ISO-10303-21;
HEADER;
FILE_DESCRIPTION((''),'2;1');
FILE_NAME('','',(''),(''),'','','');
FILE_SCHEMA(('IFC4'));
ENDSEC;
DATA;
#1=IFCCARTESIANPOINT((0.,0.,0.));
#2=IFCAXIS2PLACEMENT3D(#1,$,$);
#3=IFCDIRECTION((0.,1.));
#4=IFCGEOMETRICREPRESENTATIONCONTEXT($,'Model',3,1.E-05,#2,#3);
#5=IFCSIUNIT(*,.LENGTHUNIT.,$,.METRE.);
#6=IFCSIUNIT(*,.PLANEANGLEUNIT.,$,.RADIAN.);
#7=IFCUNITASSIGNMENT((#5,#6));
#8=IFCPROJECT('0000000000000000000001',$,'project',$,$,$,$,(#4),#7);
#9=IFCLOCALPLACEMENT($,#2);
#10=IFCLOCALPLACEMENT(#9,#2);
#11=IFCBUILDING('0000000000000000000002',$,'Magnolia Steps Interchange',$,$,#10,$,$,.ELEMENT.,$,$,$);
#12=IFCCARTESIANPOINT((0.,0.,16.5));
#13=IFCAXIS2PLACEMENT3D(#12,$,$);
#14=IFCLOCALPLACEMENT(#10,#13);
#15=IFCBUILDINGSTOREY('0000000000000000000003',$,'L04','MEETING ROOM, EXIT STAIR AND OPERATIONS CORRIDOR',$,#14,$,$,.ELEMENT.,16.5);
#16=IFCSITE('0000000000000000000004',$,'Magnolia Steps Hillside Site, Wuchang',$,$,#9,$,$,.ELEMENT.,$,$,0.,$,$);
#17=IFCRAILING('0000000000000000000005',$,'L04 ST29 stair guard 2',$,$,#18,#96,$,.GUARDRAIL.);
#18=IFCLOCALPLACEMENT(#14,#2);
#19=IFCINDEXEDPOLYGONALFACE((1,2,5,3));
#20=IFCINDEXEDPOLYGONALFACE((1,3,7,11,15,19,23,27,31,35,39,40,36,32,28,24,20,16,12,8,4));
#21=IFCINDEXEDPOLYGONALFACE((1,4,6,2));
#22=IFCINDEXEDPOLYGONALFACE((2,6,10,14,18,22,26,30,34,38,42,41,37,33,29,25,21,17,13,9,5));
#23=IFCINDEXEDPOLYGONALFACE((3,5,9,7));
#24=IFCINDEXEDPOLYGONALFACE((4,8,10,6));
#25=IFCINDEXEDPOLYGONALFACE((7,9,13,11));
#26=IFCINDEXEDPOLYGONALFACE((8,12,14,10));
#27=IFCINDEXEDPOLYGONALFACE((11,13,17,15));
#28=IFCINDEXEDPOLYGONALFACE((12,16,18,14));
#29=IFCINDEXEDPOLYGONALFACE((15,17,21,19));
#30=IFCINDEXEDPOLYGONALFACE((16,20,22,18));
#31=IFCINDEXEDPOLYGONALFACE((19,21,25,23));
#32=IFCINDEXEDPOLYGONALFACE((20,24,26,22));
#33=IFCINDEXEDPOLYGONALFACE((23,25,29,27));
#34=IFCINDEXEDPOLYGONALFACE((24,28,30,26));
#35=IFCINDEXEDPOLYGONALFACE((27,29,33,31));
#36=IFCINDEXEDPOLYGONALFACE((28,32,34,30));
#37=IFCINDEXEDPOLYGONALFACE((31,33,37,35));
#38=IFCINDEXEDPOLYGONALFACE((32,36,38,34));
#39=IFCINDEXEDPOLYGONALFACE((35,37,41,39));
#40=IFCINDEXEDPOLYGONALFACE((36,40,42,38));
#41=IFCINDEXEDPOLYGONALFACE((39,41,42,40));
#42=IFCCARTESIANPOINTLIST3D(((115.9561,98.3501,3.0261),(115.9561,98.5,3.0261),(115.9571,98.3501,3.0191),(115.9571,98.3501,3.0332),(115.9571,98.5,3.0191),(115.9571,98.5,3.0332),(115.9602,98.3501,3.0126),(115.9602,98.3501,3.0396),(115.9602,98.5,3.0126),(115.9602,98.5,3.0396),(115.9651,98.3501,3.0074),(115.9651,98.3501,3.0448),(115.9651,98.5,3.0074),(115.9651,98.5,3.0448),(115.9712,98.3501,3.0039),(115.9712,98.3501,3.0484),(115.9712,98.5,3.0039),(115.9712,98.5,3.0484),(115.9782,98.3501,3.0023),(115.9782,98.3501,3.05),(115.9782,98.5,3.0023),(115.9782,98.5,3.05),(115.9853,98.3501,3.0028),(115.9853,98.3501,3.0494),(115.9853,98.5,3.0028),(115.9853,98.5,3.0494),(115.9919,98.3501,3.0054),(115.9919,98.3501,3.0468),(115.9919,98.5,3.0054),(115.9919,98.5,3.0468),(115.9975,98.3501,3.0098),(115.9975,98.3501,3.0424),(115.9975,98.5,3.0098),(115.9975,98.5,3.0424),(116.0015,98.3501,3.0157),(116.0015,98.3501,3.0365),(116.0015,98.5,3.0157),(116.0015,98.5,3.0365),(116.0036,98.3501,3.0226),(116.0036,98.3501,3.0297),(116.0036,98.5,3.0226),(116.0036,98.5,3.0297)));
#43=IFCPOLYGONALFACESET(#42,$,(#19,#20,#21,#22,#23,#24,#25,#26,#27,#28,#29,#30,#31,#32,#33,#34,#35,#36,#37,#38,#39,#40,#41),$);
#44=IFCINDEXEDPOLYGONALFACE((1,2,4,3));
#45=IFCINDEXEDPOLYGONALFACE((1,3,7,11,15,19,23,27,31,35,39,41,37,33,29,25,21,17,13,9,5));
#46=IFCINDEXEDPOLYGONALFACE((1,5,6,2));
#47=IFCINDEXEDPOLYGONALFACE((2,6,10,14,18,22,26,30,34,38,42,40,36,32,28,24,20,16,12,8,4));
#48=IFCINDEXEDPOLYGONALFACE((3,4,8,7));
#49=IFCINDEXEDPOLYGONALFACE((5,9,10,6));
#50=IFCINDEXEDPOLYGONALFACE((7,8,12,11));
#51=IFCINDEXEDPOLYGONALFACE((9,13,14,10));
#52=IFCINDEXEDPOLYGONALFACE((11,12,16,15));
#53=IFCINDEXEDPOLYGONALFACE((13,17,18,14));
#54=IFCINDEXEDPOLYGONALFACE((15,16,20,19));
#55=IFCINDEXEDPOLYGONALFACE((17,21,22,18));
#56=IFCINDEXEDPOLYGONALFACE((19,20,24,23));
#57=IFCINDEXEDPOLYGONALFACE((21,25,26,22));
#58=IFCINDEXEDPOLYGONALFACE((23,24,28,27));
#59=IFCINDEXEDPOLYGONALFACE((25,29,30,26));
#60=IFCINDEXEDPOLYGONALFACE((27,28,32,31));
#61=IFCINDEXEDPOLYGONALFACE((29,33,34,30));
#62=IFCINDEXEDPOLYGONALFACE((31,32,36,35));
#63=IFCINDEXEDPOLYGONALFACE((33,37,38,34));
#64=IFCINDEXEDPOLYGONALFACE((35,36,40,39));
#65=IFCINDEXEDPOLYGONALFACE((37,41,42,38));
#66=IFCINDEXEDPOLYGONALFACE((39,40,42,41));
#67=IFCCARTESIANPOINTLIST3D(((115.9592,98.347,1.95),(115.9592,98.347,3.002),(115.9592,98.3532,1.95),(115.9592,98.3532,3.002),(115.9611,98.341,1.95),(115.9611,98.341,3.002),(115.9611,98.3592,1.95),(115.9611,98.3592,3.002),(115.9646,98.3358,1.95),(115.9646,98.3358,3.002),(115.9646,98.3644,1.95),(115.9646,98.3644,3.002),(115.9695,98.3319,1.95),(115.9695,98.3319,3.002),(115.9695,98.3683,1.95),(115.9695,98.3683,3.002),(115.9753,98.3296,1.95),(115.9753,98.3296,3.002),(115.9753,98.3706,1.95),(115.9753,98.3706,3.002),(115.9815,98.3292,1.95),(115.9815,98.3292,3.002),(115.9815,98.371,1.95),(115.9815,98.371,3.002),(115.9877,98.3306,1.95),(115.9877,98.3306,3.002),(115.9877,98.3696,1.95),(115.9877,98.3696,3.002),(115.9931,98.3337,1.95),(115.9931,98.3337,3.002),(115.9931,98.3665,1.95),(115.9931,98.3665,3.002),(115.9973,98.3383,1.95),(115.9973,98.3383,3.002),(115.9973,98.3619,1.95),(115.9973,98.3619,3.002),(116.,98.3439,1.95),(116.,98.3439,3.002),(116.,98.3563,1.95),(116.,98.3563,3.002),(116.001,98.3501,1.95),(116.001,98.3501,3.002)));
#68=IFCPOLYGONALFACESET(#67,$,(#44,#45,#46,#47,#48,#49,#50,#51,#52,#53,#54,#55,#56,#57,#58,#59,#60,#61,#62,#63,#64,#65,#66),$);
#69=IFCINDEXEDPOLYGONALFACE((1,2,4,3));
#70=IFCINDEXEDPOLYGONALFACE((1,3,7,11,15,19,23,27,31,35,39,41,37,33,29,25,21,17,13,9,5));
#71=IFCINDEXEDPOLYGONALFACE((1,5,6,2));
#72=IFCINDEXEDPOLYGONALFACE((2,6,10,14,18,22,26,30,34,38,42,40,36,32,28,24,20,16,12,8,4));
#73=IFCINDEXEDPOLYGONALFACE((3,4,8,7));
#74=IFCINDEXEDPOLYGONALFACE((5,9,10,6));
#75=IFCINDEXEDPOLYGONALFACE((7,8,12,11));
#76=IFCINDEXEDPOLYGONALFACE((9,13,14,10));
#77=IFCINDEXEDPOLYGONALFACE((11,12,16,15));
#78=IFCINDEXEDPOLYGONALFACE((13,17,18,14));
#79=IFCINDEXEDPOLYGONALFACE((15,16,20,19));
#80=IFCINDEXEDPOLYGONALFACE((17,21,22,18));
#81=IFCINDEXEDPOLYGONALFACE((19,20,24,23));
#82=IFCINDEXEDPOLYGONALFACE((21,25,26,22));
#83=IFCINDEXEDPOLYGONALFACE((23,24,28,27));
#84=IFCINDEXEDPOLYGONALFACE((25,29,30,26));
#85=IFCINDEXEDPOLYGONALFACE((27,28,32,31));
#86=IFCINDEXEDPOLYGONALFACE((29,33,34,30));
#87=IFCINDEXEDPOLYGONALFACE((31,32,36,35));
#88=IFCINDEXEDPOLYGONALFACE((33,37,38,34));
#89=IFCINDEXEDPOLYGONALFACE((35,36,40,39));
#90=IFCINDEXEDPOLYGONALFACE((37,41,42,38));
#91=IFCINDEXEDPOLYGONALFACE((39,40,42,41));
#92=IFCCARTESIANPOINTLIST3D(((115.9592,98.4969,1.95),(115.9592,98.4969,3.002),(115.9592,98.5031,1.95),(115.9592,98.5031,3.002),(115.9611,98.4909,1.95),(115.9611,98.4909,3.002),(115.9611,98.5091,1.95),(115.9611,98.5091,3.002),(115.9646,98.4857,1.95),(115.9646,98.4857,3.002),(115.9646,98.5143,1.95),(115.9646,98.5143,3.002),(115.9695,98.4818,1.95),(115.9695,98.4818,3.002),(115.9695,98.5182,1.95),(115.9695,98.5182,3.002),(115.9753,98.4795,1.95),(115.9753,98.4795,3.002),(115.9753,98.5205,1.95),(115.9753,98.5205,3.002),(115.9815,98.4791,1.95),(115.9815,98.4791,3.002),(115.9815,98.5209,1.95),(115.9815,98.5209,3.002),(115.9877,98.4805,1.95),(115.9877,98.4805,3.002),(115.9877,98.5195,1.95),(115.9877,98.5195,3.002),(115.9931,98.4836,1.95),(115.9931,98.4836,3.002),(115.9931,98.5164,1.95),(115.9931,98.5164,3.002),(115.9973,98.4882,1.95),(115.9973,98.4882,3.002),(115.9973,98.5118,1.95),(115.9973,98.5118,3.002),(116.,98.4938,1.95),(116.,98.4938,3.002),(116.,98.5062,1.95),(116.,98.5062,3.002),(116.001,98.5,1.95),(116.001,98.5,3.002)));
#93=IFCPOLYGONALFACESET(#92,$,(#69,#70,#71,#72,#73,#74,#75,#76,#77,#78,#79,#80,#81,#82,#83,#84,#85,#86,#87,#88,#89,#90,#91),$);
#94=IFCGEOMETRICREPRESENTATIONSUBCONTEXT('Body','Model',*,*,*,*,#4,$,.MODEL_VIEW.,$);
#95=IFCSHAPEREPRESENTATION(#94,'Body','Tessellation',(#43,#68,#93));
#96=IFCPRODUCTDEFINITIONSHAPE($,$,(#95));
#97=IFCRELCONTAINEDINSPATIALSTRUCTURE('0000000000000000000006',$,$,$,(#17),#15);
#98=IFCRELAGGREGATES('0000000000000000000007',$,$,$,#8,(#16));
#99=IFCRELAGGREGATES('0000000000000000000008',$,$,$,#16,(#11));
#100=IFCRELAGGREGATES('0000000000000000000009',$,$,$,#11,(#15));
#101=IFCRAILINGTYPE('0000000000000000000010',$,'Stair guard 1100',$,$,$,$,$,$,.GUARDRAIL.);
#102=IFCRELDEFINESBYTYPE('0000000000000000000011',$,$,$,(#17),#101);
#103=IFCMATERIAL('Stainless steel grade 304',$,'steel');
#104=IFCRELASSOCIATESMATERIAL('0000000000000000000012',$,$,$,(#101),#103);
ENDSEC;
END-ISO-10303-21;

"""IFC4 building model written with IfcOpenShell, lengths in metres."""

from ifc_helpers import new_model, si_unit, direction, frame, origin, origin_2d, place, context, subcontext, project, spatial, circle, extrude, material, type_object, element, save


model = new_model("IFC4")

# Units and contexts
model_context = context("Model", 3, precision=1e-05, world=origin(), true_north=direction((0.0, 1.0)))
body_context = subcontext(model_context, "Body", "Model", "MODEL_VIEW")
ifc_project = project(units=[si_unit("LENGTHUNIT", "METRE"), si_unit("PLANEANGLEUNIT", "RADIAN")], contexts=[model_context])

# Site, building, storey
site_placement = place(None, origin())
site = spatial("IfcSite", under=ifc_project, at=site_placement, Name="Magnolia Steps Hillside Site, Wuchang", CompositionType="ELEMENT", RefElevation=0.0)
building_placement = place(site_placement, origin())
building = spatial("IfcBuilding", under=site, at=building_placement, Name="Magnolia Steps Interchange", CompositionType="ELEMENT")
storey_placement = place(building_placement, frame((0.0, 0.0, 16.5)))
storey = spatial("IfcBuildingStorey", under=building, at=storey_placement, Name="L04", Description="MEETING ROOM, EXIT STAIR AND OPERATIONS CORRIDOR", CompositionType="ELEMENT", Elevation=16.5)

# Railing
ifc_material_1 = material(Name="Stainless steel grade 304", Category="steel")
railing_type_1 = type_object("IfcRailingType", Name="Stair guard 1100", PredefinedType="GUARDRAIL", material=ifc_material_1)
railing_1_placement = place(storey_placement, frame((115.98, 98.3501, 1.95)))
element("IfcRailing", 1, at=railing_1_placement, inside=storey, type_object=railing_type_1, Name="L04 ST29 stair guard 2", PredefinedType="GUARDRAIL", context=body_context, shape_type="SweptSolid", body=[
    extrude(circle(Radius=0.0239, at=origin_2d()), frame((0.0, 0.0, 1.0762), z_axis=(0.0, 1.0, 0.0), x_axis=(-1.0, 0.0, 0.0)), (0.0, 0.0, 1.0), 0.1499),
    extrude(circle(Radius=0.021, at=origin_2d()), origin(), (0.0, 0.0, 1.0), 1.052),
    extrude(circle(Radius=0.021, at=origin_2d()), frame((0.0, 0.1499, 0.0)), (0.0, 0.0, 1.0), 1.052),
])

save(model, "model.ifc")
